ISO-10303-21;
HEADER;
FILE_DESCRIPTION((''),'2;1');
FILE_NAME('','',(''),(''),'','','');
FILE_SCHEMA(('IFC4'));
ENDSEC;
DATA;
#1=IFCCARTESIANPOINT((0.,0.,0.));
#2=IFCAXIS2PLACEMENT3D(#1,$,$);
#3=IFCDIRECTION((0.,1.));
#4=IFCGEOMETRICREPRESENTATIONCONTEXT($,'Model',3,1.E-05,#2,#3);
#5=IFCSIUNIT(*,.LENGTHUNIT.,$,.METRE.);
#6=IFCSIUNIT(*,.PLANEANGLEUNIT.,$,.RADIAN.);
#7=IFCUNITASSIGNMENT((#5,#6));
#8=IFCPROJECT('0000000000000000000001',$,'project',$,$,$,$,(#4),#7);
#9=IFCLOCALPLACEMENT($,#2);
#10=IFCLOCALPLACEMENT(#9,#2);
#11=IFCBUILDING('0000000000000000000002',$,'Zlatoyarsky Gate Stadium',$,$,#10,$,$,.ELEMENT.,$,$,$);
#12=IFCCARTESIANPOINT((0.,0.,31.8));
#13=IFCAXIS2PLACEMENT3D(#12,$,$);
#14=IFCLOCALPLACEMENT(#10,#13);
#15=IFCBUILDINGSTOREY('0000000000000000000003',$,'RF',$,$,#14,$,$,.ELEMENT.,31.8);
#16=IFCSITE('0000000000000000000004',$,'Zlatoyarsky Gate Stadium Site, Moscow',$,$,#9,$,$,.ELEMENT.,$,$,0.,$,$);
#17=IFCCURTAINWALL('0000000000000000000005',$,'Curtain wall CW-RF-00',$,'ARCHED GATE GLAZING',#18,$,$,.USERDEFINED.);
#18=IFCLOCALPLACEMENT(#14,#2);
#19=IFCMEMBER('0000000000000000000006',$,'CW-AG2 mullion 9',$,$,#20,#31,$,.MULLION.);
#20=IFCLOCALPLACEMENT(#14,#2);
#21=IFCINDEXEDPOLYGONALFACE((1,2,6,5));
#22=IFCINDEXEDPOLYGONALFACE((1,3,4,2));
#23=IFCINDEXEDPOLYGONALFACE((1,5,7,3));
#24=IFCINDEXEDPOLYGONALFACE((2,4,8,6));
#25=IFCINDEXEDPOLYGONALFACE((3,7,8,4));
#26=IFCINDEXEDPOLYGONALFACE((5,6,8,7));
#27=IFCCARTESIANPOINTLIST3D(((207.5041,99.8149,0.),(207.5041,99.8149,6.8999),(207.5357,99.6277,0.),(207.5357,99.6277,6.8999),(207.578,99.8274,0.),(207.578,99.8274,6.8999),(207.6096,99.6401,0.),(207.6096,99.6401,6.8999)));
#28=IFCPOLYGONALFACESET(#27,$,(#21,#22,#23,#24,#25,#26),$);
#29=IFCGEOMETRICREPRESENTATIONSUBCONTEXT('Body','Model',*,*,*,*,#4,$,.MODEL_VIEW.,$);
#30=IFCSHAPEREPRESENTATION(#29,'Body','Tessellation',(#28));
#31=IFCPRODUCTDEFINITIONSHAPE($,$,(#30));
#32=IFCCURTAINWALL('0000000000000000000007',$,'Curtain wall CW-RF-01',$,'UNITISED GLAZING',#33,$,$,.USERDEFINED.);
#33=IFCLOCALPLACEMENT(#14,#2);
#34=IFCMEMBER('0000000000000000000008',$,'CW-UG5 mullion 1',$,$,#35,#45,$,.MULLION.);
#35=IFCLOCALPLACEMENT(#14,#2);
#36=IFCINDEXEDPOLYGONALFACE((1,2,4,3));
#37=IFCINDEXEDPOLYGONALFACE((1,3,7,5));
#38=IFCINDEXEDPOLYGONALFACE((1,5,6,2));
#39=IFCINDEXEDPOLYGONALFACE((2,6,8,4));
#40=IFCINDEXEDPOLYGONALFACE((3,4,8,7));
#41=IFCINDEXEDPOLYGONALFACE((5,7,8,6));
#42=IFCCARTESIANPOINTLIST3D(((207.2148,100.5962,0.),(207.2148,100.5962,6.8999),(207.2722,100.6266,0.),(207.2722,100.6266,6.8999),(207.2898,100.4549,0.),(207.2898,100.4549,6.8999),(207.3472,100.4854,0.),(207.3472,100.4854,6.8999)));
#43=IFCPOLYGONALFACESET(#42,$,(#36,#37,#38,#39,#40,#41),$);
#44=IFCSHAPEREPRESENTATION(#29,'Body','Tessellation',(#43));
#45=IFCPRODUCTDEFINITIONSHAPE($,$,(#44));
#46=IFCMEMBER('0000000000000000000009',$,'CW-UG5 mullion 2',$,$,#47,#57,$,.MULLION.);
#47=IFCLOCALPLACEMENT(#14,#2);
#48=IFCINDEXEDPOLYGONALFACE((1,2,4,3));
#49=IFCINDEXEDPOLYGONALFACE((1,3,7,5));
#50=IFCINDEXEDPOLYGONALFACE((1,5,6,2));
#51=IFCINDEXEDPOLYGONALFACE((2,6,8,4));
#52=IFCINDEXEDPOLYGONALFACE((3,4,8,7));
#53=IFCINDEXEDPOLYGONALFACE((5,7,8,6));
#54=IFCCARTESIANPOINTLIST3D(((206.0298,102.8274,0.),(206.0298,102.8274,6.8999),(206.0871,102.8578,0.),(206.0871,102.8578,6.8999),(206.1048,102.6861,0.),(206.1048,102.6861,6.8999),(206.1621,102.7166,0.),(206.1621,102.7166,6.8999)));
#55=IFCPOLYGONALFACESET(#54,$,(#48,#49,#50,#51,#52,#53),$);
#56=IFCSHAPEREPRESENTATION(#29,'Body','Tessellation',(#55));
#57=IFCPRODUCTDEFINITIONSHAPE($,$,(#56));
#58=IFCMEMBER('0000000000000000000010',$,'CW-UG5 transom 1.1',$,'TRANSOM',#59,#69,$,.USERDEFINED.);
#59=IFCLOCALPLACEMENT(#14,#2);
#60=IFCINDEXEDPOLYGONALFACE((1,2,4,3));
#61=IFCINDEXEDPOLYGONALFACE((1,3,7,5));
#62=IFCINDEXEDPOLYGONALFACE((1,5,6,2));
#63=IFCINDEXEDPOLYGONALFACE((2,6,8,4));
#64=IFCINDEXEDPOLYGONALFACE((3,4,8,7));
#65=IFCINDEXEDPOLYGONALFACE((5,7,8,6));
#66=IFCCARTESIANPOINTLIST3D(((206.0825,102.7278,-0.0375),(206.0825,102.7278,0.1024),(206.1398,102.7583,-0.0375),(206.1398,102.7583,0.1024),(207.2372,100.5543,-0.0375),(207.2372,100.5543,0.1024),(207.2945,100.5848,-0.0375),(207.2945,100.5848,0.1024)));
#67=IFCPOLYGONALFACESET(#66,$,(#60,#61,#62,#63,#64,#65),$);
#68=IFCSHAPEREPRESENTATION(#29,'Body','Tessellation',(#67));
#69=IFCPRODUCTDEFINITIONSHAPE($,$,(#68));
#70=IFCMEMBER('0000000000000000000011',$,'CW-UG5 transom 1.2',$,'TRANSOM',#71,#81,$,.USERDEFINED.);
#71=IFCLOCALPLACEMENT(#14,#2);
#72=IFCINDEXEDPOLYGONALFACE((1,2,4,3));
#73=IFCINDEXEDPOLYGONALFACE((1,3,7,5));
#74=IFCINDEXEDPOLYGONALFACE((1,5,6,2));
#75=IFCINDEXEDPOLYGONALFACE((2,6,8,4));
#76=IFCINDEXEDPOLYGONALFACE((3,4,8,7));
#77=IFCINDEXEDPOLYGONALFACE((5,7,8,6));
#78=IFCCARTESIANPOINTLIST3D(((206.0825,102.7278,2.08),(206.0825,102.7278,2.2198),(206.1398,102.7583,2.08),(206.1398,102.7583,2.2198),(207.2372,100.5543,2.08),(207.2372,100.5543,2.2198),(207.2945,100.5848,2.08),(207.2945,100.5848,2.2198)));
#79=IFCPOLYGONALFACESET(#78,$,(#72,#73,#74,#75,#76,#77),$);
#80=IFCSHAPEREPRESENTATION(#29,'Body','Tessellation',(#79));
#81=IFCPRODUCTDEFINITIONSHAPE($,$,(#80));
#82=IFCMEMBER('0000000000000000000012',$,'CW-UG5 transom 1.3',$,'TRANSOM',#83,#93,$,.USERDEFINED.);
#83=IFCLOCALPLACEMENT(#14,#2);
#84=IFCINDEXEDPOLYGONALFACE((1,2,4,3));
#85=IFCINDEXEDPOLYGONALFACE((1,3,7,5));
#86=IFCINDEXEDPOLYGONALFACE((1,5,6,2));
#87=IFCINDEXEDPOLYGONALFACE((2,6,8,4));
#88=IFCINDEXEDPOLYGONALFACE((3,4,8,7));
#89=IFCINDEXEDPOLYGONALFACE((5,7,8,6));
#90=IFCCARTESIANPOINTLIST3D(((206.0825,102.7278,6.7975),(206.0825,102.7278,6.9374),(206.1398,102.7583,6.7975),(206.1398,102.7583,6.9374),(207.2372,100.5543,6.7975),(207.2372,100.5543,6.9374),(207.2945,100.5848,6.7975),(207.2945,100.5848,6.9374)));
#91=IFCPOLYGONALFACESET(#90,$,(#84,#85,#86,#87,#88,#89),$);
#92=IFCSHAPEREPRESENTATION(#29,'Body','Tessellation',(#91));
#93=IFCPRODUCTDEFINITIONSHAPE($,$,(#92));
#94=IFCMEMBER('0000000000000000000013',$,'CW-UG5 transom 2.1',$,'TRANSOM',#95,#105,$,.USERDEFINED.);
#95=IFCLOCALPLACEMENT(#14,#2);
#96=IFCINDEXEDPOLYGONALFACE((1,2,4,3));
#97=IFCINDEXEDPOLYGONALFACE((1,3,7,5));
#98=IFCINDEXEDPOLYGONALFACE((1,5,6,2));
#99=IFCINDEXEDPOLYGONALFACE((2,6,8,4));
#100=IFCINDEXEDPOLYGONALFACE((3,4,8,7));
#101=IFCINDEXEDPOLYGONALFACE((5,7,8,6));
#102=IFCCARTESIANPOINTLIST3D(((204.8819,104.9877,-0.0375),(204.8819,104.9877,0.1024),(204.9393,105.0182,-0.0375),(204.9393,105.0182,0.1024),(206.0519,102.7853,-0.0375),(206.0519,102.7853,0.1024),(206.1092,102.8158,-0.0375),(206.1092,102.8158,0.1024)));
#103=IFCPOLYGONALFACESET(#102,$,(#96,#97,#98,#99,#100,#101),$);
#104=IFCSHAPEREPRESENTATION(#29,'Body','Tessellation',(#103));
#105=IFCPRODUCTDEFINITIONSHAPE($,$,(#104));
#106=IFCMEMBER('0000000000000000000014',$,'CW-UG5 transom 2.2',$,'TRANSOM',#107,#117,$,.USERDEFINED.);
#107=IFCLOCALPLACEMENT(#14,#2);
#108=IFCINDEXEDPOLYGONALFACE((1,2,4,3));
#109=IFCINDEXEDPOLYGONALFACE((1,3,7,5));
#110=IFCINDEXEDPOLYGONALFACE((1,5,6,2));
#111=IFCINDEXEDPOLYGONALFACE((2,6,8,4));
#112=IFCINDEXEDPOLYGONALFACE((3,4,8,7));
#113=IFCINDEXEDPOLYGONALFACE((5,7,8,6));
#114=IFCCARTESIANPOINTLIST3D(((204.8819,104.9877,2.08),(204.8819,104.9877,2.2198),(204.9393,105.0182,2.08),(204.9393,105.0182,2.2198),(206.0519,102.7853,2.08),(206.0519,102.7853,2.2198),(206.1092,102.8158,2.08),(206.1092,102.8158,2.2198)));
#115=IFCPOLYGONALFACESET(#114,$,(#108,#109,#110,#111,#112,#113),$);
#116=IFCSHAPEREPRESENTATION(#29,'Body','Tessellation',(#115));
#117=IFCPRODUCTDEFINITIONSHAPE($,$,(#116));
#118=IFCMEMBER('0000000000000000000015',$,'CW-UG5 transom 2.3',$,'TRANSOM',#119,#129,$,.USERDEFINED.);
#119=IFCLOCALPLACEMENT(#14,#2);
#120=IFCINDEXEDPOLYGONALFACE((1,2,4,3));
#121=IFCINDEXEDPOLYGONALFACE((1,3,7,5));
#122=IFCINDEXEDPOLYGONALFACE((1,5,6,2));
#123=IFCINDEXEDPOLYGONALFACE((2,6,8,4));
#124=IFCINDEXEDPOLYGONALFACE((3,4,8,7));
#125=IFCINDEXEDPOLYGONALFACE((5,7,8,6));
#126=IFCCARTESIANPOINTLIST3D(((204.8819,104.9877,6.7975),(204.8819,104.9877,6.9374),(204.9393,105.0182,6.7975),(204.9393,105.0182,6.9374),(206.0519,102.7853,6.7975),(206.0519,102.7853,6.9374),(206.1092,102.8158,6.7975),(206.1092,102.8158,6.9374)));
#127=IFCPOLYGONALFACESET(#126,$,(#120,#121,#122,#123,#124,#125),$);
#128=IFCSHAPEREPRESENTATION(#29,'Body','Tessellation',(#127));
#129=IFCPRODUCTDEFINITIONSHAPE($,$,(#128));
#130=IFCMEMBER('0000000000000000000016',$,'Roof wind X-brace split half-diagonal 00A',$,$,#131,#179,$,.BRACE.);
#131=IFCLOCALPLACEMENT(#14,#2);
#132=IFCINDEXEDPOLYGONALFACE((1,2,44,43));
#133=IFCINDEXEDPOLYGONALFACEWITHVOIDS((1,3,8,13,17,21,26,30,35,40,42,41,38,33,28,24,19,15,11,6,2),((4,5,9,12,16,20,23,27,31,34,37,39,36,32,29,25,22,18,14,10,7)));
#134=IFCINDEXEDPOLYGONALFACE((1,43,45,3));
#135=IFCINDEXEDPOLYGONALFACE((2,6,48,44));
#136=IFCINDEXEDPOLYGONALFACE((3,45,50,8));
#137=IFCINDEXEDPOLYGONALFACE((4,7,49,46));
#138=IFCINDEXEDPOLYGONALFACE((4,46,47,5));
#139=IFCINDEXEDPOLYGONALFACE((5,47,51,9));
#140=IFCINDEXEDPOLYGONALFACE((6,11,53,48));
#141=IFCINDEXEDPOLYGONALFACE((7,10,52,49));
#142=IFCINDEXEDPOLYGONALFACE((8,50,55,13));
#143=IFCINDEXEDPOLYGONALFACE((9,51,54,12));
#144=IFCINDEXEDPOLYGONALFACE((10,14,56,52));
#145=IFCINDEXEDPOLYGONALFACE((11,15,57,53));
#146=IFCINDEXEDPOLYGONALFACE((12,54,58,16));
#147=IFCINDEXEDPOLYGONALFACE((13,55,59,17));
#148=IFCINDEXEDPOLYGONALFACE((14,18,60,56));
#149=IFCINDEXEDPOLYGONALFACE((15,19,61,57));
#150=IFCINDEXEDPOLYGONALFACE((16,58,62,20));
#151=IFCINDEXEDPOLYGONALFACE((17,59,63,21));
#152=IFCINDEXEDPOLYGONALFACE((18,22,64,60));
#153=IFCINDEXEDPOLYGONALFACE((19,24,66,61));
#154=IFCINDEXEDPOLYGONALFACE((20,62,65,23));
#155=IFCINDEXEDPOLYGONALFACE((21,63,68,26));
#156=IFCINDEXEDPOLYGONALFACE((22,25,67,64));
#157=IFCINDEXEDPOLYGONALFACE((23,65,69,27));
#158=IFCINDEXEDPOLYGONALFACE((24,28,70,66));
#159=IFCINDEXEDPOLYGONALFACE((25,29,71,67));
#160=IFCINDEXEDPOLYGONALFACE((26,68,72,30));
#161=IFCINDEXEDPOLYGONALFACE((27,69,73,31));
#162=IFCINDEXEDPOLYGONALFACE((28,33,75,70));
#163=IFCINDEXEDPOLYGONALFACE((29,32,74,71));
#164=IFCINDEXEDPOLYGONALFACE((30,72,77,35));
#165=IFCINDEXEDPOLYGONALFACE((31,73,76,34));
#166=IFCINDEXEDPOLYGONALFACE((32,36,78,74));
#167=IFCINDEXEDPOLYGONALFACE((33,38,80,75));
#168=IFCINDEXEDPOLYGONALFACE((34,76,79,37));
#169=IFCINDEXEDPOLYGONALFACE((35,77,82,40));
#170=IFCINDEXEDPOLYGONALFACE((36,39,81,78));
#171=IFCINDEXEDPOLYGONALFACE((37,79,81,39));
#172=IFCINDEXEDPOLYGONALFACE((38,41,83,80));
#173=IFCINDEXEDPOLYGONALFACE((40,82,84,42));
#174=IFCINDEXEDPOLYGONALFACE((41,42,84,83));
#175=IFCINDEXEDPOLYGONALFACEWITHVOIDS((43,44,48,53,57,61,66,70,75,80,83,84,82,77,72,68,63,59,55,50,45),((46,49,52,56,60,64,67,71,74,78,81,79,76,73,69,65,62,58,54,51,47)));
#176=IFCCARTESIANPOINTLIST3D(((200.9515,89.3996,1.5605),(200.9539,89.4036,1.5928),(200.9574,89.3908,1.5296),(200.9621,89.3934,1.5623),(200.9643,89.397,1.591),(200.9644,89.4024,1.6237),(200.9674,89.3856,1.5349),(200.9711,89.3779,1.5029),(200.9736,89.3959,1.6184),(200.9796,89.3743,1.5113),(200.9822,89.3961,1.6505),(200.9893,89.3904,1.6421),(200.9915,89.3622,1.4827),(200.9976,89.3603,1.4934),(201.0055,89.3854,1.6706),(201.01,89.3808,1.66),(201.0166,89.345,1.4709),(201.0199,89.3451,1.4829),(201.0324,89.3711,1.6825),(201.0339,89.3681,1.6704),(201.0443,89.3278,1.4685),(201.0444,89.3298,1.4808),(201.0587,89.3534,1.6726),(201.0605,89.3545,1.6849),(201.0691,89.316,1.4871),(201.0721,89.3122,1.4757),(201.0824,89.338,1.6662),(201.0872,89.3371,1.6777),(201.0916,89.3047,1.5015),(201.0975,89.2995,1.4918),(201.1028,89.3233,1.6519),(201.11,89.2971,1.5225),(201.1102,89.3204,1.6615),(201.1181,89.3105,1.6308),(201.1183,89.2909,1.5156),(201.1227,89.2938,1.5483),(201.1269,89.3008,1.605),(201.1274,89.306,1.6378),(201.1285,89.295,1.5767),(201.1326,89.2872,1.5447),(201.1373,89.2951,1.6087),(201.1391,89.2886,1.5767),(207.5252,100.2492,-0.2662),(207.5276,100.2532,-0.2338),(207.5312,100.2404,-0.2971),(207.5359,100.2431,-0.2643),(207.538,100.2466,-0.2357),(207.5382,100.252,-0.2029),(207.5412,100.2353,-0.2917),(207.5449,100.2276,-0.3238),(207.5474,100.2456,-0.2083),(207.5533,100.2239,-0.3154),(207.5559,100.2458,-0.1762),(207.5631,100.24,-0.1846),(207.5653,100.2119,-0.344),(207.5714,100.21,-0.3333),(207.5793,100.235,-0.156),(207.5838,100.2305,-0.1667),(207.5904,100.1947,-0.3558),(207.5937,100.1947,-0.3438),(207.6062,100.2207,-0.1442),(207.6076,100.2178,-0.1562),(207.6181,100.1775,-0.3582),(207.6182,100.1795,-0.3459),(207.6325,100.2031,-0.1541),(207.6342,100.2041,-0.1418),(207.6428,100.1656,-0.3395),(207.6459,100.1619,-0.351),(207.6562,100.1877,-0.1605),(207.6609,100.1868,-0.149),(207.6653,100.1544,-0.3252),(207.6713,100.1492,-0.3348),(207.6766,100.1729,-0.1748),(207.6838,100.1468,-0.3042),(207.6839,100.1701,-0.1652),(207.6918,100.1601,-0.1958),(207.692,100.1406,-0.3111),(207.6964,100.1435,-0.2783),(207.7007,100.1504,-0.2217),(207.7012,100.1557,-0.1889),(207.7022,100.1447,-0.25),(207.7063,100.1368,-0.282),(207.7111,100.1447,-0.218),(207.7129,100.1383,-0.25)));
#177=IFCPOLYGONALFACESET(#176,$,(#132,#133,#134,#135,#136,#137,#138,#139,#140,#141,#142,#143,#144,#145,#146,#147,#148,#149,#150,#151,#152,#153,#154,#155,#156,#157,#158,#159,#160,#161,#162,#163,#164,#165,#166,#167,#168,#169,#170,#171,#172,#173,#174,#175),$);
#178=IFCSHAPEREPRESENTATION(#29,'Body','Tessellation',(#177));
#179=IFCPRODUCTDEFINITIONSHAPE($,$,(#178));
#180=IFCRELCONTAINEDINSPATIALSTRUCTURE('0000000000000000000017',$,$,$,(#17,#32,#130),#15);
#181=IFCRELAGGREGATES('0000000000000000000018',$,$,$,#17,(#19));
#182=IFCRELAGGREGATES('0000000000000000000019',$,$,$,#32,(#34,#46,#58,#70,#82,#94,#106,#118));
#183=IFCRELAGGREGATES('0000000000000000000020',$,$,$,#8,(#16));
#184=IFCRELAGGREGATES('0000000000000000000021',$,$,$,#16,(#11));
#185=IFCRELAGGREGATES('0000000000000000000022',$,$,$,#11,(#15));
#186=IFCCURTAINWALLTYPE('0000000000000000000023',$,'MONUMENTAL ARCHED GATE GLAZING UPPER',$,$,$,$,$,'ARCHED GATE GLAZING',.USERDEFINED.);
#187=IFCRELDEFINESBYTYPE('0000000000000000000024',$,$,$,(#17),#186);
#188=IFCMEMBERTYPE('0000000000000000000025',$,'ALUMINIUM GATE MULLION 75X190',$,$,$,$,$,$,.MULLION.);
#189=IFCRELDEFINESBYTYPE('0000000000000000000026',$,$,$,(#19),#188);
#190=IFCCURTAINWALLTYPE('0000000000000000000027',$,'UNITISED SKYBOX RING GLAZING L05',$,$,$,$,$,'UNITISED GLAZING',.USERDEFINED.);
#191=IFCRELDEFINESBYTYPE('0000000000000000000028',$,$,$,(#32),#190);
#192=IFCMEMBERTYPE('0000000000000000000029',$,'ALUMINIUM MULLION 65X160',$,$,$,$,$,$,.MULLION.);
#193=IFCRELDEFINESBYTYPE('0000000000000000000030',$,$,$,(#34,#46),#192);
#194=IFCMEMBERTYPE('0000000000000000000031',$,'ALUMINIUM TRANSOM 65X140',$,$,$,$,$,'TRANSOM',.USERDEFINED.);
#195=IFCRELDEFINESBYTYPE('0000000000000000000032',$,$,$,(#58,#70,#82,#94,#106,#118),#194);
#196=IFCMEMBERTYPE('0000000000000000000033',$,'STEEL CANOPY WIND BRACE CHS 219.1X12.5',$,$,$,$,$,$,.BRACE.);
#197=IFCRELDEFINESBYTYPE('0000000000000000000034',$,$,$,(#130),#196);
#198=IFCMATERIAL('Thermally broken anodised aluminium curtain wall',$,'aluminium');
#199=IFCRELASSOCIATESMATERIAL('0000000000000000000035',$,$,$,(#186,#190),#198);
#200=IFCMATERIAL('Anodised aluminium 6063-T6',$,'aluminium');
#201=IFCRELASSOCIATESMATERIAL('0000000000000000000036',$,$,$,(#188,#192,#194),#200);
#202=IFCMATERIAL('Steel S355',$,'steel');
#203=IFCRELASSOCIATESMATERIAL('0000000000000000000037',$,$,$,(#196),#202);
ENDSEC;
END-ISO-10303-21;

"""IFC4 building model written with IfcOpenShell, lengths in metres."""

from ifc_helpers import new_model, si_unit, direction, frame, origin, origin_2d, place, context, subcontext, project, spatial, rectangle, hollow_circle, extrude, material, material_profile, profile_set, type_object, element, aggregate, save


model = new_model("IFC4")

# Units and contexts
model_context = context("Model", 3, precision=1e-05, world=origin(), true_north=direction((0.0, 1.0)))
body_context = subcontext(model_context, "Body", "Model", "MODEL_VIEW")
ifc_project = project(units=[si_unit("LENGTHUNIT", "METRE"), si_unit("PLANEANGLEUNIT", "RADIAN")], contexts=[model_context])

# Site, building, storey
site_placement = place(None, origin())
site = spatial("IfcSite", under=ifc_project, at=site_placement, Name="Zlatoyarsky Gate Stadium Site, Moscow", CompositionType="ELEMENT", RefElevation=0.0)
building_placement = place(site_placement, origin())
building = spatial("IfcBuilding", under=site, at=building_placement, Name="Zlatoyarsky Gate Stadium", CompositionType="ELEMENT")
storey_placement = place(building_placement, frame((0.0, 0.0, 31.8)))
storey = spatial("IfcBuildingStorey", under=building, at=storey_placement, Name="RF", CompositionType="ELEMENT", Elevation=31.8)

# Curtain wall, member
ifc_material_1 = material(Name="Thermally broken anodised aluminium curtain wall", Category="aluminium")
curtain_wall_type_1 = type_object("IfcCurtainWallType", Name="MONUMENTAL ARCHED GATE GLAZING UPPER", ElementType="ARCHED GATE GLAZING", PredefinedType="USERDEFINED", material=ifc_material_1)
curtain_wall_1_placement = place(storey_placement, origin())
curtain_wall_1 = element("IfcCurtainWall", 1, at=curtain_wall_1_placement, inside=storey, type_object=curtain_wall_type_1, Name="Curtain wall CW-RF-00", ObjectType="ARCHED GATE GLAZING", PredefinedType="USERDEFINED")
ifc_material_2 = material(Name="Anodised aluminium 6063-T6", Category="aluminium")
ifc_material_profile_1 = material_profile(ifc_material_2, rectangle(XDim=0.075, YDim=0.1899, at=origin_2d()), Name="ALU 75X190")
ifc_profile_set_1 = profile_set([ifc_material_profile_1], Name="Anodised aluminium 6063-T6")
member_type_1 = type_object("IfcMemberType", Name="ALUMINIUM GATE MULLION 75X190", PredefinedType="MULLION", material=ifc_profile_set_1)
member_1_placement = place(storey_placement, frame((207.5569, 99.7275, 0.0), z_axis=(0.0, 0.0, 1.0), x_axis=(-0.986044, -0.166482, 0.0)))
member_1 = element("IfcMember", 2, at=member_1_placement, type_object=member_type_1, Name="CW-AG2 mullion 9", PredefinedType="MULLION", context=body_context, shape_type="SweptSolid", body=[
    extrude(rectangle(XDim=0.075, YDim=0.1899, at=origin_2d()), origin(), (0.0, 0.0, 1.0), 6.8999),
])
aggregate(curtain_wall_1, [member_1])

# Curtain wall, members
curtain_wall_type_2 = type_object("IfcCurtainWallType", Name="UNITISED SKYBOX RING GLAZING L05", ElementType="UNITISED GLAZING", PredefinedType="USERDEFINED", material=ifc_material_1)
curtain_wall_2_placement = place(storey_placement, origin())
curtain_wall_2 = element("IfcCurtainWall", 3, at=curtain_wall_2_placement, inside=storey, type_object=curtain_wall_type_2, Name="Curtain wall CW-RF-01", ObjectType="UNITISED GLAZING", PredefinedType="USERDEFINED")
ifc_material_profile_2 = material_profile(ifc_material_2, rectangle(XDim=0.0649, YDim=0.1599, at=origin_2d()), Name="ALU 65X160")
ifc_profile_set_2 = profile_set([ifc_material_profile_2], Name="Anodised aluminium 6063-T6")
member_type_2 = type_object("IfcMemberType", Name="ALUMINIUM MULLION 65X160", PredefinedType="MULLION", material=ifc_profile_set_2)
member_2_placement = place(storey_placement, frame((207.281, 100.5408, 0.0), z_axis=(0.0, 0.0, 1.0), x_axis=(-0.883131, -0.469127, 0.0)))
member_2 = element("IfcMember", 4, at=member_2_placement, type_object=member_type_2, Name="CW-UG5 mullion 1", PredefinedType="MULLION", context=body_context, shape_type="SweptSolid", body=[
    extrude(rectangle(XDim=0.0649, YDim=0.1599, at=origin_2d()), origin(), (0.0, 0.0, 1.0), 6.8999),
])
member_3_placement = place(storey_placement, frame((206.0959, 102.772, 0.0), z_axis=(0.0, 0.0, 1.0), x_axis=(-0.883131, -0.469127, 0.0)))
member_3 = element("IfcMember", 5, at=member_3_placement, type_object=member_type_2, Name="CW-UG5 mullion 2", PredefinedType="MULLION", context=body_context, shape_type="SweptSolid", body=[
    extrude(rectangle(XDim=0.0649, YDim=0.1599, at=origin_2d()), origin(), (0.0, 0.0, 1.0), 6.8999),
])
ifc_material_profile_3 = material_profile(ifc_material_2, rectangle(XDim=0.0649, YDim=0.1399, at=origin_2d()), Name="ALU 65X140")
ifc_profile_set_3 = profile_set([ifc_material_profile_3], Name="Anodised aluminium 6063-T6")
member_type_3 = type_object("IfcMemberType", Name="ALUMINIUM TRANSOM 65X140", ElementType="TRANSOM", PredefinedType="USERDEFINED", material=ifc_profile_set_3)
member_4_placement = place(storey_placement, frame((207.2659, 100.5696, 0.0325), z_axis=(-0.469177, 0.883104, 0.0), x_axis=(-0.883104, -0.469177, 0.0)))
member_4 = element("IfcMember", 6, at=member_4_placement, type_object=member_type_3, Name="CW-UG5 transom 1.1", ObjectType="TRANSOM", PredefinedType="USERDEFINED", context=body_context, shape_type="SweptSolid", body=[
    extrude(rectangle(XDim=0.0649, YDim=0.1399, at=origin_2d()), origin(), (0.0, 0.0, 1.0), 2.4612),
])
member_5_placement = place(storey_placement, frame((207.2659, 100.5696, 2.1499), z_axis=(-0.469177, 0.883104, 0.0), x_axis=(-0.883104, -0.469177, 0.0)))
member_5 = element("IfcMember", 7, at=member_5_placement, type_object=member_type_3, Name="CW-UG5 transom 1.2", ObjectType="TRANSOM", PredefinedType="USERDEFINED", context=body_context, shape_type="SweptSolid", body=[
    extrude(rectangle(XDim=0.0649, YDim=0.1399, at=origin_2d()), origin(), (0.0, 0.0, 1.0), 2.4612),
])
member_6_placement = place(storey_placement, frame((207.2659, 100.5696, 6.8674), z_axis=(-0.469177, 0.883104, 0.0), x_axis=(-0.883104, -0.469177, 0.0)))
member_6 = element("IfcMember", 8, at=member_6_placement, type_object=member_type_3, Name="CW-UG5 transom 1.3", ObjectType="TRANSOM", PredefinedType="USERDEFINED", context=body_context, shape_type="SweptSolid", body=[
    extrude(rectangle(XDim=0.0649, YDim=0.1399, at=origin_2d()), origin(), (0.0, 0.0, 1.0), 2.4612),
])
member_7_placement = place(storey_placement, frame((206.0806, 102.8005, 0.0325), z_axis=(-0.469124, 0.883132, 0.0), x_axis=(-0.883132, -0.469124, 0.0)))
member_7 = element("IfcMember", 9, at=member_7_placement, type_object=member_type_3, Name="CW-UG5 transom 2.1", ObjectType="TRANSOM", PredefinedType="USERDEFINED", context=body_context, shape_type="SweptSolid", body=[
    extrude(rectangle(XDim=0.0649, YDim=0.1399, at=origin_2d()), origin(), (0.0, 0.0, 1.0), 2.4939),
])
member_8_placement = place(storey_placement, frame((206.0806, 102.8005, 2.1499), z_axis=(-0.469124, 0.883132, 0.0), x_axis=(-0.883132, -0.469124, 0.0)))
member_8 = element("IfcMember", 10, at=member_8_placement, type_object=member_type_3, Name="CW-UG5 transom 2.2", ObjectType="TRANSOM", PredefinedType="USERDEFINED", context=body_context, shape_type="SweptSolid", body=[
    extrude(rectangle(XDim=0.0649, YDim=0.1399, at=origin_2d()), origin(), (0.0, 0.0, 1.0), 2.4939),
])
member_9_placement = place(storey_placement, frame((206.0806, 102.8005, 6.8674), z_axis=(-0.469124, 0.883132, 0.0), x_axis=(-0.883132, -0.469124, 0.0)))
member_9 = element("IfcMember", 11, at=member_9_placement, type_object=member_type_3, Name="CW-UG5 transom 2.3", ObjectType="TRANSOM", PredefinedType="USERDEFINED", context=body_context, shape_type="SweptSolid", body=[
    extrude(rectangle(XDim=0.0649, YDim=0.1399, at=origin_2d()), origin(), (0.0, 0.0, 1.0), 2.4939),
])

# Member
ifc_material_3 = material(Name="Steel S355", Category="steel")
ifc_material_profile_4 = material_profile(ifc_material_3, hollow_circle(Radius=0.1096, WallThickness=0.0125, at=origin_2d()), Name="CHS 219.1X12.5")
ifc_profile_set_4 = profile_set([ifc_material_profile_4], Name="Steel S355")
member_type_4 = type_object("IfcMemberType", Name="STEEL CANOPY WIND BRACE CHS 219.1X12.5", PredefinedType="BRACE", material=ifc_profile_set_4)
member_10_placement = place(storey_placement, frame((207.6191, 100.1951, -0.25), z_axis=(-0.512908, -0.846529, 0.142523), x_axis=(0.85526, -0.518198, 0.0)))
element("IfcMember", 12, at=member_10_placement, inside=storey, type_object=member_type_4, Name="Roof wind X-brace split half-diagonal 00A", PredefinedType="BRACE", context=body_context, shape_type="SweptSolid", body=[
    extrude(hollow_circle(Radius=0.1096, WallThickness=0.0125, at=origin_2d()), origin(), (0.0, 0.0, 1.0), 12.8167),
])

aggregate(curtain_wall_2, [member_2, member_3, member_4, member_5, member_6, member_7, member_8, member_9])

save(model, "model.ifc")
